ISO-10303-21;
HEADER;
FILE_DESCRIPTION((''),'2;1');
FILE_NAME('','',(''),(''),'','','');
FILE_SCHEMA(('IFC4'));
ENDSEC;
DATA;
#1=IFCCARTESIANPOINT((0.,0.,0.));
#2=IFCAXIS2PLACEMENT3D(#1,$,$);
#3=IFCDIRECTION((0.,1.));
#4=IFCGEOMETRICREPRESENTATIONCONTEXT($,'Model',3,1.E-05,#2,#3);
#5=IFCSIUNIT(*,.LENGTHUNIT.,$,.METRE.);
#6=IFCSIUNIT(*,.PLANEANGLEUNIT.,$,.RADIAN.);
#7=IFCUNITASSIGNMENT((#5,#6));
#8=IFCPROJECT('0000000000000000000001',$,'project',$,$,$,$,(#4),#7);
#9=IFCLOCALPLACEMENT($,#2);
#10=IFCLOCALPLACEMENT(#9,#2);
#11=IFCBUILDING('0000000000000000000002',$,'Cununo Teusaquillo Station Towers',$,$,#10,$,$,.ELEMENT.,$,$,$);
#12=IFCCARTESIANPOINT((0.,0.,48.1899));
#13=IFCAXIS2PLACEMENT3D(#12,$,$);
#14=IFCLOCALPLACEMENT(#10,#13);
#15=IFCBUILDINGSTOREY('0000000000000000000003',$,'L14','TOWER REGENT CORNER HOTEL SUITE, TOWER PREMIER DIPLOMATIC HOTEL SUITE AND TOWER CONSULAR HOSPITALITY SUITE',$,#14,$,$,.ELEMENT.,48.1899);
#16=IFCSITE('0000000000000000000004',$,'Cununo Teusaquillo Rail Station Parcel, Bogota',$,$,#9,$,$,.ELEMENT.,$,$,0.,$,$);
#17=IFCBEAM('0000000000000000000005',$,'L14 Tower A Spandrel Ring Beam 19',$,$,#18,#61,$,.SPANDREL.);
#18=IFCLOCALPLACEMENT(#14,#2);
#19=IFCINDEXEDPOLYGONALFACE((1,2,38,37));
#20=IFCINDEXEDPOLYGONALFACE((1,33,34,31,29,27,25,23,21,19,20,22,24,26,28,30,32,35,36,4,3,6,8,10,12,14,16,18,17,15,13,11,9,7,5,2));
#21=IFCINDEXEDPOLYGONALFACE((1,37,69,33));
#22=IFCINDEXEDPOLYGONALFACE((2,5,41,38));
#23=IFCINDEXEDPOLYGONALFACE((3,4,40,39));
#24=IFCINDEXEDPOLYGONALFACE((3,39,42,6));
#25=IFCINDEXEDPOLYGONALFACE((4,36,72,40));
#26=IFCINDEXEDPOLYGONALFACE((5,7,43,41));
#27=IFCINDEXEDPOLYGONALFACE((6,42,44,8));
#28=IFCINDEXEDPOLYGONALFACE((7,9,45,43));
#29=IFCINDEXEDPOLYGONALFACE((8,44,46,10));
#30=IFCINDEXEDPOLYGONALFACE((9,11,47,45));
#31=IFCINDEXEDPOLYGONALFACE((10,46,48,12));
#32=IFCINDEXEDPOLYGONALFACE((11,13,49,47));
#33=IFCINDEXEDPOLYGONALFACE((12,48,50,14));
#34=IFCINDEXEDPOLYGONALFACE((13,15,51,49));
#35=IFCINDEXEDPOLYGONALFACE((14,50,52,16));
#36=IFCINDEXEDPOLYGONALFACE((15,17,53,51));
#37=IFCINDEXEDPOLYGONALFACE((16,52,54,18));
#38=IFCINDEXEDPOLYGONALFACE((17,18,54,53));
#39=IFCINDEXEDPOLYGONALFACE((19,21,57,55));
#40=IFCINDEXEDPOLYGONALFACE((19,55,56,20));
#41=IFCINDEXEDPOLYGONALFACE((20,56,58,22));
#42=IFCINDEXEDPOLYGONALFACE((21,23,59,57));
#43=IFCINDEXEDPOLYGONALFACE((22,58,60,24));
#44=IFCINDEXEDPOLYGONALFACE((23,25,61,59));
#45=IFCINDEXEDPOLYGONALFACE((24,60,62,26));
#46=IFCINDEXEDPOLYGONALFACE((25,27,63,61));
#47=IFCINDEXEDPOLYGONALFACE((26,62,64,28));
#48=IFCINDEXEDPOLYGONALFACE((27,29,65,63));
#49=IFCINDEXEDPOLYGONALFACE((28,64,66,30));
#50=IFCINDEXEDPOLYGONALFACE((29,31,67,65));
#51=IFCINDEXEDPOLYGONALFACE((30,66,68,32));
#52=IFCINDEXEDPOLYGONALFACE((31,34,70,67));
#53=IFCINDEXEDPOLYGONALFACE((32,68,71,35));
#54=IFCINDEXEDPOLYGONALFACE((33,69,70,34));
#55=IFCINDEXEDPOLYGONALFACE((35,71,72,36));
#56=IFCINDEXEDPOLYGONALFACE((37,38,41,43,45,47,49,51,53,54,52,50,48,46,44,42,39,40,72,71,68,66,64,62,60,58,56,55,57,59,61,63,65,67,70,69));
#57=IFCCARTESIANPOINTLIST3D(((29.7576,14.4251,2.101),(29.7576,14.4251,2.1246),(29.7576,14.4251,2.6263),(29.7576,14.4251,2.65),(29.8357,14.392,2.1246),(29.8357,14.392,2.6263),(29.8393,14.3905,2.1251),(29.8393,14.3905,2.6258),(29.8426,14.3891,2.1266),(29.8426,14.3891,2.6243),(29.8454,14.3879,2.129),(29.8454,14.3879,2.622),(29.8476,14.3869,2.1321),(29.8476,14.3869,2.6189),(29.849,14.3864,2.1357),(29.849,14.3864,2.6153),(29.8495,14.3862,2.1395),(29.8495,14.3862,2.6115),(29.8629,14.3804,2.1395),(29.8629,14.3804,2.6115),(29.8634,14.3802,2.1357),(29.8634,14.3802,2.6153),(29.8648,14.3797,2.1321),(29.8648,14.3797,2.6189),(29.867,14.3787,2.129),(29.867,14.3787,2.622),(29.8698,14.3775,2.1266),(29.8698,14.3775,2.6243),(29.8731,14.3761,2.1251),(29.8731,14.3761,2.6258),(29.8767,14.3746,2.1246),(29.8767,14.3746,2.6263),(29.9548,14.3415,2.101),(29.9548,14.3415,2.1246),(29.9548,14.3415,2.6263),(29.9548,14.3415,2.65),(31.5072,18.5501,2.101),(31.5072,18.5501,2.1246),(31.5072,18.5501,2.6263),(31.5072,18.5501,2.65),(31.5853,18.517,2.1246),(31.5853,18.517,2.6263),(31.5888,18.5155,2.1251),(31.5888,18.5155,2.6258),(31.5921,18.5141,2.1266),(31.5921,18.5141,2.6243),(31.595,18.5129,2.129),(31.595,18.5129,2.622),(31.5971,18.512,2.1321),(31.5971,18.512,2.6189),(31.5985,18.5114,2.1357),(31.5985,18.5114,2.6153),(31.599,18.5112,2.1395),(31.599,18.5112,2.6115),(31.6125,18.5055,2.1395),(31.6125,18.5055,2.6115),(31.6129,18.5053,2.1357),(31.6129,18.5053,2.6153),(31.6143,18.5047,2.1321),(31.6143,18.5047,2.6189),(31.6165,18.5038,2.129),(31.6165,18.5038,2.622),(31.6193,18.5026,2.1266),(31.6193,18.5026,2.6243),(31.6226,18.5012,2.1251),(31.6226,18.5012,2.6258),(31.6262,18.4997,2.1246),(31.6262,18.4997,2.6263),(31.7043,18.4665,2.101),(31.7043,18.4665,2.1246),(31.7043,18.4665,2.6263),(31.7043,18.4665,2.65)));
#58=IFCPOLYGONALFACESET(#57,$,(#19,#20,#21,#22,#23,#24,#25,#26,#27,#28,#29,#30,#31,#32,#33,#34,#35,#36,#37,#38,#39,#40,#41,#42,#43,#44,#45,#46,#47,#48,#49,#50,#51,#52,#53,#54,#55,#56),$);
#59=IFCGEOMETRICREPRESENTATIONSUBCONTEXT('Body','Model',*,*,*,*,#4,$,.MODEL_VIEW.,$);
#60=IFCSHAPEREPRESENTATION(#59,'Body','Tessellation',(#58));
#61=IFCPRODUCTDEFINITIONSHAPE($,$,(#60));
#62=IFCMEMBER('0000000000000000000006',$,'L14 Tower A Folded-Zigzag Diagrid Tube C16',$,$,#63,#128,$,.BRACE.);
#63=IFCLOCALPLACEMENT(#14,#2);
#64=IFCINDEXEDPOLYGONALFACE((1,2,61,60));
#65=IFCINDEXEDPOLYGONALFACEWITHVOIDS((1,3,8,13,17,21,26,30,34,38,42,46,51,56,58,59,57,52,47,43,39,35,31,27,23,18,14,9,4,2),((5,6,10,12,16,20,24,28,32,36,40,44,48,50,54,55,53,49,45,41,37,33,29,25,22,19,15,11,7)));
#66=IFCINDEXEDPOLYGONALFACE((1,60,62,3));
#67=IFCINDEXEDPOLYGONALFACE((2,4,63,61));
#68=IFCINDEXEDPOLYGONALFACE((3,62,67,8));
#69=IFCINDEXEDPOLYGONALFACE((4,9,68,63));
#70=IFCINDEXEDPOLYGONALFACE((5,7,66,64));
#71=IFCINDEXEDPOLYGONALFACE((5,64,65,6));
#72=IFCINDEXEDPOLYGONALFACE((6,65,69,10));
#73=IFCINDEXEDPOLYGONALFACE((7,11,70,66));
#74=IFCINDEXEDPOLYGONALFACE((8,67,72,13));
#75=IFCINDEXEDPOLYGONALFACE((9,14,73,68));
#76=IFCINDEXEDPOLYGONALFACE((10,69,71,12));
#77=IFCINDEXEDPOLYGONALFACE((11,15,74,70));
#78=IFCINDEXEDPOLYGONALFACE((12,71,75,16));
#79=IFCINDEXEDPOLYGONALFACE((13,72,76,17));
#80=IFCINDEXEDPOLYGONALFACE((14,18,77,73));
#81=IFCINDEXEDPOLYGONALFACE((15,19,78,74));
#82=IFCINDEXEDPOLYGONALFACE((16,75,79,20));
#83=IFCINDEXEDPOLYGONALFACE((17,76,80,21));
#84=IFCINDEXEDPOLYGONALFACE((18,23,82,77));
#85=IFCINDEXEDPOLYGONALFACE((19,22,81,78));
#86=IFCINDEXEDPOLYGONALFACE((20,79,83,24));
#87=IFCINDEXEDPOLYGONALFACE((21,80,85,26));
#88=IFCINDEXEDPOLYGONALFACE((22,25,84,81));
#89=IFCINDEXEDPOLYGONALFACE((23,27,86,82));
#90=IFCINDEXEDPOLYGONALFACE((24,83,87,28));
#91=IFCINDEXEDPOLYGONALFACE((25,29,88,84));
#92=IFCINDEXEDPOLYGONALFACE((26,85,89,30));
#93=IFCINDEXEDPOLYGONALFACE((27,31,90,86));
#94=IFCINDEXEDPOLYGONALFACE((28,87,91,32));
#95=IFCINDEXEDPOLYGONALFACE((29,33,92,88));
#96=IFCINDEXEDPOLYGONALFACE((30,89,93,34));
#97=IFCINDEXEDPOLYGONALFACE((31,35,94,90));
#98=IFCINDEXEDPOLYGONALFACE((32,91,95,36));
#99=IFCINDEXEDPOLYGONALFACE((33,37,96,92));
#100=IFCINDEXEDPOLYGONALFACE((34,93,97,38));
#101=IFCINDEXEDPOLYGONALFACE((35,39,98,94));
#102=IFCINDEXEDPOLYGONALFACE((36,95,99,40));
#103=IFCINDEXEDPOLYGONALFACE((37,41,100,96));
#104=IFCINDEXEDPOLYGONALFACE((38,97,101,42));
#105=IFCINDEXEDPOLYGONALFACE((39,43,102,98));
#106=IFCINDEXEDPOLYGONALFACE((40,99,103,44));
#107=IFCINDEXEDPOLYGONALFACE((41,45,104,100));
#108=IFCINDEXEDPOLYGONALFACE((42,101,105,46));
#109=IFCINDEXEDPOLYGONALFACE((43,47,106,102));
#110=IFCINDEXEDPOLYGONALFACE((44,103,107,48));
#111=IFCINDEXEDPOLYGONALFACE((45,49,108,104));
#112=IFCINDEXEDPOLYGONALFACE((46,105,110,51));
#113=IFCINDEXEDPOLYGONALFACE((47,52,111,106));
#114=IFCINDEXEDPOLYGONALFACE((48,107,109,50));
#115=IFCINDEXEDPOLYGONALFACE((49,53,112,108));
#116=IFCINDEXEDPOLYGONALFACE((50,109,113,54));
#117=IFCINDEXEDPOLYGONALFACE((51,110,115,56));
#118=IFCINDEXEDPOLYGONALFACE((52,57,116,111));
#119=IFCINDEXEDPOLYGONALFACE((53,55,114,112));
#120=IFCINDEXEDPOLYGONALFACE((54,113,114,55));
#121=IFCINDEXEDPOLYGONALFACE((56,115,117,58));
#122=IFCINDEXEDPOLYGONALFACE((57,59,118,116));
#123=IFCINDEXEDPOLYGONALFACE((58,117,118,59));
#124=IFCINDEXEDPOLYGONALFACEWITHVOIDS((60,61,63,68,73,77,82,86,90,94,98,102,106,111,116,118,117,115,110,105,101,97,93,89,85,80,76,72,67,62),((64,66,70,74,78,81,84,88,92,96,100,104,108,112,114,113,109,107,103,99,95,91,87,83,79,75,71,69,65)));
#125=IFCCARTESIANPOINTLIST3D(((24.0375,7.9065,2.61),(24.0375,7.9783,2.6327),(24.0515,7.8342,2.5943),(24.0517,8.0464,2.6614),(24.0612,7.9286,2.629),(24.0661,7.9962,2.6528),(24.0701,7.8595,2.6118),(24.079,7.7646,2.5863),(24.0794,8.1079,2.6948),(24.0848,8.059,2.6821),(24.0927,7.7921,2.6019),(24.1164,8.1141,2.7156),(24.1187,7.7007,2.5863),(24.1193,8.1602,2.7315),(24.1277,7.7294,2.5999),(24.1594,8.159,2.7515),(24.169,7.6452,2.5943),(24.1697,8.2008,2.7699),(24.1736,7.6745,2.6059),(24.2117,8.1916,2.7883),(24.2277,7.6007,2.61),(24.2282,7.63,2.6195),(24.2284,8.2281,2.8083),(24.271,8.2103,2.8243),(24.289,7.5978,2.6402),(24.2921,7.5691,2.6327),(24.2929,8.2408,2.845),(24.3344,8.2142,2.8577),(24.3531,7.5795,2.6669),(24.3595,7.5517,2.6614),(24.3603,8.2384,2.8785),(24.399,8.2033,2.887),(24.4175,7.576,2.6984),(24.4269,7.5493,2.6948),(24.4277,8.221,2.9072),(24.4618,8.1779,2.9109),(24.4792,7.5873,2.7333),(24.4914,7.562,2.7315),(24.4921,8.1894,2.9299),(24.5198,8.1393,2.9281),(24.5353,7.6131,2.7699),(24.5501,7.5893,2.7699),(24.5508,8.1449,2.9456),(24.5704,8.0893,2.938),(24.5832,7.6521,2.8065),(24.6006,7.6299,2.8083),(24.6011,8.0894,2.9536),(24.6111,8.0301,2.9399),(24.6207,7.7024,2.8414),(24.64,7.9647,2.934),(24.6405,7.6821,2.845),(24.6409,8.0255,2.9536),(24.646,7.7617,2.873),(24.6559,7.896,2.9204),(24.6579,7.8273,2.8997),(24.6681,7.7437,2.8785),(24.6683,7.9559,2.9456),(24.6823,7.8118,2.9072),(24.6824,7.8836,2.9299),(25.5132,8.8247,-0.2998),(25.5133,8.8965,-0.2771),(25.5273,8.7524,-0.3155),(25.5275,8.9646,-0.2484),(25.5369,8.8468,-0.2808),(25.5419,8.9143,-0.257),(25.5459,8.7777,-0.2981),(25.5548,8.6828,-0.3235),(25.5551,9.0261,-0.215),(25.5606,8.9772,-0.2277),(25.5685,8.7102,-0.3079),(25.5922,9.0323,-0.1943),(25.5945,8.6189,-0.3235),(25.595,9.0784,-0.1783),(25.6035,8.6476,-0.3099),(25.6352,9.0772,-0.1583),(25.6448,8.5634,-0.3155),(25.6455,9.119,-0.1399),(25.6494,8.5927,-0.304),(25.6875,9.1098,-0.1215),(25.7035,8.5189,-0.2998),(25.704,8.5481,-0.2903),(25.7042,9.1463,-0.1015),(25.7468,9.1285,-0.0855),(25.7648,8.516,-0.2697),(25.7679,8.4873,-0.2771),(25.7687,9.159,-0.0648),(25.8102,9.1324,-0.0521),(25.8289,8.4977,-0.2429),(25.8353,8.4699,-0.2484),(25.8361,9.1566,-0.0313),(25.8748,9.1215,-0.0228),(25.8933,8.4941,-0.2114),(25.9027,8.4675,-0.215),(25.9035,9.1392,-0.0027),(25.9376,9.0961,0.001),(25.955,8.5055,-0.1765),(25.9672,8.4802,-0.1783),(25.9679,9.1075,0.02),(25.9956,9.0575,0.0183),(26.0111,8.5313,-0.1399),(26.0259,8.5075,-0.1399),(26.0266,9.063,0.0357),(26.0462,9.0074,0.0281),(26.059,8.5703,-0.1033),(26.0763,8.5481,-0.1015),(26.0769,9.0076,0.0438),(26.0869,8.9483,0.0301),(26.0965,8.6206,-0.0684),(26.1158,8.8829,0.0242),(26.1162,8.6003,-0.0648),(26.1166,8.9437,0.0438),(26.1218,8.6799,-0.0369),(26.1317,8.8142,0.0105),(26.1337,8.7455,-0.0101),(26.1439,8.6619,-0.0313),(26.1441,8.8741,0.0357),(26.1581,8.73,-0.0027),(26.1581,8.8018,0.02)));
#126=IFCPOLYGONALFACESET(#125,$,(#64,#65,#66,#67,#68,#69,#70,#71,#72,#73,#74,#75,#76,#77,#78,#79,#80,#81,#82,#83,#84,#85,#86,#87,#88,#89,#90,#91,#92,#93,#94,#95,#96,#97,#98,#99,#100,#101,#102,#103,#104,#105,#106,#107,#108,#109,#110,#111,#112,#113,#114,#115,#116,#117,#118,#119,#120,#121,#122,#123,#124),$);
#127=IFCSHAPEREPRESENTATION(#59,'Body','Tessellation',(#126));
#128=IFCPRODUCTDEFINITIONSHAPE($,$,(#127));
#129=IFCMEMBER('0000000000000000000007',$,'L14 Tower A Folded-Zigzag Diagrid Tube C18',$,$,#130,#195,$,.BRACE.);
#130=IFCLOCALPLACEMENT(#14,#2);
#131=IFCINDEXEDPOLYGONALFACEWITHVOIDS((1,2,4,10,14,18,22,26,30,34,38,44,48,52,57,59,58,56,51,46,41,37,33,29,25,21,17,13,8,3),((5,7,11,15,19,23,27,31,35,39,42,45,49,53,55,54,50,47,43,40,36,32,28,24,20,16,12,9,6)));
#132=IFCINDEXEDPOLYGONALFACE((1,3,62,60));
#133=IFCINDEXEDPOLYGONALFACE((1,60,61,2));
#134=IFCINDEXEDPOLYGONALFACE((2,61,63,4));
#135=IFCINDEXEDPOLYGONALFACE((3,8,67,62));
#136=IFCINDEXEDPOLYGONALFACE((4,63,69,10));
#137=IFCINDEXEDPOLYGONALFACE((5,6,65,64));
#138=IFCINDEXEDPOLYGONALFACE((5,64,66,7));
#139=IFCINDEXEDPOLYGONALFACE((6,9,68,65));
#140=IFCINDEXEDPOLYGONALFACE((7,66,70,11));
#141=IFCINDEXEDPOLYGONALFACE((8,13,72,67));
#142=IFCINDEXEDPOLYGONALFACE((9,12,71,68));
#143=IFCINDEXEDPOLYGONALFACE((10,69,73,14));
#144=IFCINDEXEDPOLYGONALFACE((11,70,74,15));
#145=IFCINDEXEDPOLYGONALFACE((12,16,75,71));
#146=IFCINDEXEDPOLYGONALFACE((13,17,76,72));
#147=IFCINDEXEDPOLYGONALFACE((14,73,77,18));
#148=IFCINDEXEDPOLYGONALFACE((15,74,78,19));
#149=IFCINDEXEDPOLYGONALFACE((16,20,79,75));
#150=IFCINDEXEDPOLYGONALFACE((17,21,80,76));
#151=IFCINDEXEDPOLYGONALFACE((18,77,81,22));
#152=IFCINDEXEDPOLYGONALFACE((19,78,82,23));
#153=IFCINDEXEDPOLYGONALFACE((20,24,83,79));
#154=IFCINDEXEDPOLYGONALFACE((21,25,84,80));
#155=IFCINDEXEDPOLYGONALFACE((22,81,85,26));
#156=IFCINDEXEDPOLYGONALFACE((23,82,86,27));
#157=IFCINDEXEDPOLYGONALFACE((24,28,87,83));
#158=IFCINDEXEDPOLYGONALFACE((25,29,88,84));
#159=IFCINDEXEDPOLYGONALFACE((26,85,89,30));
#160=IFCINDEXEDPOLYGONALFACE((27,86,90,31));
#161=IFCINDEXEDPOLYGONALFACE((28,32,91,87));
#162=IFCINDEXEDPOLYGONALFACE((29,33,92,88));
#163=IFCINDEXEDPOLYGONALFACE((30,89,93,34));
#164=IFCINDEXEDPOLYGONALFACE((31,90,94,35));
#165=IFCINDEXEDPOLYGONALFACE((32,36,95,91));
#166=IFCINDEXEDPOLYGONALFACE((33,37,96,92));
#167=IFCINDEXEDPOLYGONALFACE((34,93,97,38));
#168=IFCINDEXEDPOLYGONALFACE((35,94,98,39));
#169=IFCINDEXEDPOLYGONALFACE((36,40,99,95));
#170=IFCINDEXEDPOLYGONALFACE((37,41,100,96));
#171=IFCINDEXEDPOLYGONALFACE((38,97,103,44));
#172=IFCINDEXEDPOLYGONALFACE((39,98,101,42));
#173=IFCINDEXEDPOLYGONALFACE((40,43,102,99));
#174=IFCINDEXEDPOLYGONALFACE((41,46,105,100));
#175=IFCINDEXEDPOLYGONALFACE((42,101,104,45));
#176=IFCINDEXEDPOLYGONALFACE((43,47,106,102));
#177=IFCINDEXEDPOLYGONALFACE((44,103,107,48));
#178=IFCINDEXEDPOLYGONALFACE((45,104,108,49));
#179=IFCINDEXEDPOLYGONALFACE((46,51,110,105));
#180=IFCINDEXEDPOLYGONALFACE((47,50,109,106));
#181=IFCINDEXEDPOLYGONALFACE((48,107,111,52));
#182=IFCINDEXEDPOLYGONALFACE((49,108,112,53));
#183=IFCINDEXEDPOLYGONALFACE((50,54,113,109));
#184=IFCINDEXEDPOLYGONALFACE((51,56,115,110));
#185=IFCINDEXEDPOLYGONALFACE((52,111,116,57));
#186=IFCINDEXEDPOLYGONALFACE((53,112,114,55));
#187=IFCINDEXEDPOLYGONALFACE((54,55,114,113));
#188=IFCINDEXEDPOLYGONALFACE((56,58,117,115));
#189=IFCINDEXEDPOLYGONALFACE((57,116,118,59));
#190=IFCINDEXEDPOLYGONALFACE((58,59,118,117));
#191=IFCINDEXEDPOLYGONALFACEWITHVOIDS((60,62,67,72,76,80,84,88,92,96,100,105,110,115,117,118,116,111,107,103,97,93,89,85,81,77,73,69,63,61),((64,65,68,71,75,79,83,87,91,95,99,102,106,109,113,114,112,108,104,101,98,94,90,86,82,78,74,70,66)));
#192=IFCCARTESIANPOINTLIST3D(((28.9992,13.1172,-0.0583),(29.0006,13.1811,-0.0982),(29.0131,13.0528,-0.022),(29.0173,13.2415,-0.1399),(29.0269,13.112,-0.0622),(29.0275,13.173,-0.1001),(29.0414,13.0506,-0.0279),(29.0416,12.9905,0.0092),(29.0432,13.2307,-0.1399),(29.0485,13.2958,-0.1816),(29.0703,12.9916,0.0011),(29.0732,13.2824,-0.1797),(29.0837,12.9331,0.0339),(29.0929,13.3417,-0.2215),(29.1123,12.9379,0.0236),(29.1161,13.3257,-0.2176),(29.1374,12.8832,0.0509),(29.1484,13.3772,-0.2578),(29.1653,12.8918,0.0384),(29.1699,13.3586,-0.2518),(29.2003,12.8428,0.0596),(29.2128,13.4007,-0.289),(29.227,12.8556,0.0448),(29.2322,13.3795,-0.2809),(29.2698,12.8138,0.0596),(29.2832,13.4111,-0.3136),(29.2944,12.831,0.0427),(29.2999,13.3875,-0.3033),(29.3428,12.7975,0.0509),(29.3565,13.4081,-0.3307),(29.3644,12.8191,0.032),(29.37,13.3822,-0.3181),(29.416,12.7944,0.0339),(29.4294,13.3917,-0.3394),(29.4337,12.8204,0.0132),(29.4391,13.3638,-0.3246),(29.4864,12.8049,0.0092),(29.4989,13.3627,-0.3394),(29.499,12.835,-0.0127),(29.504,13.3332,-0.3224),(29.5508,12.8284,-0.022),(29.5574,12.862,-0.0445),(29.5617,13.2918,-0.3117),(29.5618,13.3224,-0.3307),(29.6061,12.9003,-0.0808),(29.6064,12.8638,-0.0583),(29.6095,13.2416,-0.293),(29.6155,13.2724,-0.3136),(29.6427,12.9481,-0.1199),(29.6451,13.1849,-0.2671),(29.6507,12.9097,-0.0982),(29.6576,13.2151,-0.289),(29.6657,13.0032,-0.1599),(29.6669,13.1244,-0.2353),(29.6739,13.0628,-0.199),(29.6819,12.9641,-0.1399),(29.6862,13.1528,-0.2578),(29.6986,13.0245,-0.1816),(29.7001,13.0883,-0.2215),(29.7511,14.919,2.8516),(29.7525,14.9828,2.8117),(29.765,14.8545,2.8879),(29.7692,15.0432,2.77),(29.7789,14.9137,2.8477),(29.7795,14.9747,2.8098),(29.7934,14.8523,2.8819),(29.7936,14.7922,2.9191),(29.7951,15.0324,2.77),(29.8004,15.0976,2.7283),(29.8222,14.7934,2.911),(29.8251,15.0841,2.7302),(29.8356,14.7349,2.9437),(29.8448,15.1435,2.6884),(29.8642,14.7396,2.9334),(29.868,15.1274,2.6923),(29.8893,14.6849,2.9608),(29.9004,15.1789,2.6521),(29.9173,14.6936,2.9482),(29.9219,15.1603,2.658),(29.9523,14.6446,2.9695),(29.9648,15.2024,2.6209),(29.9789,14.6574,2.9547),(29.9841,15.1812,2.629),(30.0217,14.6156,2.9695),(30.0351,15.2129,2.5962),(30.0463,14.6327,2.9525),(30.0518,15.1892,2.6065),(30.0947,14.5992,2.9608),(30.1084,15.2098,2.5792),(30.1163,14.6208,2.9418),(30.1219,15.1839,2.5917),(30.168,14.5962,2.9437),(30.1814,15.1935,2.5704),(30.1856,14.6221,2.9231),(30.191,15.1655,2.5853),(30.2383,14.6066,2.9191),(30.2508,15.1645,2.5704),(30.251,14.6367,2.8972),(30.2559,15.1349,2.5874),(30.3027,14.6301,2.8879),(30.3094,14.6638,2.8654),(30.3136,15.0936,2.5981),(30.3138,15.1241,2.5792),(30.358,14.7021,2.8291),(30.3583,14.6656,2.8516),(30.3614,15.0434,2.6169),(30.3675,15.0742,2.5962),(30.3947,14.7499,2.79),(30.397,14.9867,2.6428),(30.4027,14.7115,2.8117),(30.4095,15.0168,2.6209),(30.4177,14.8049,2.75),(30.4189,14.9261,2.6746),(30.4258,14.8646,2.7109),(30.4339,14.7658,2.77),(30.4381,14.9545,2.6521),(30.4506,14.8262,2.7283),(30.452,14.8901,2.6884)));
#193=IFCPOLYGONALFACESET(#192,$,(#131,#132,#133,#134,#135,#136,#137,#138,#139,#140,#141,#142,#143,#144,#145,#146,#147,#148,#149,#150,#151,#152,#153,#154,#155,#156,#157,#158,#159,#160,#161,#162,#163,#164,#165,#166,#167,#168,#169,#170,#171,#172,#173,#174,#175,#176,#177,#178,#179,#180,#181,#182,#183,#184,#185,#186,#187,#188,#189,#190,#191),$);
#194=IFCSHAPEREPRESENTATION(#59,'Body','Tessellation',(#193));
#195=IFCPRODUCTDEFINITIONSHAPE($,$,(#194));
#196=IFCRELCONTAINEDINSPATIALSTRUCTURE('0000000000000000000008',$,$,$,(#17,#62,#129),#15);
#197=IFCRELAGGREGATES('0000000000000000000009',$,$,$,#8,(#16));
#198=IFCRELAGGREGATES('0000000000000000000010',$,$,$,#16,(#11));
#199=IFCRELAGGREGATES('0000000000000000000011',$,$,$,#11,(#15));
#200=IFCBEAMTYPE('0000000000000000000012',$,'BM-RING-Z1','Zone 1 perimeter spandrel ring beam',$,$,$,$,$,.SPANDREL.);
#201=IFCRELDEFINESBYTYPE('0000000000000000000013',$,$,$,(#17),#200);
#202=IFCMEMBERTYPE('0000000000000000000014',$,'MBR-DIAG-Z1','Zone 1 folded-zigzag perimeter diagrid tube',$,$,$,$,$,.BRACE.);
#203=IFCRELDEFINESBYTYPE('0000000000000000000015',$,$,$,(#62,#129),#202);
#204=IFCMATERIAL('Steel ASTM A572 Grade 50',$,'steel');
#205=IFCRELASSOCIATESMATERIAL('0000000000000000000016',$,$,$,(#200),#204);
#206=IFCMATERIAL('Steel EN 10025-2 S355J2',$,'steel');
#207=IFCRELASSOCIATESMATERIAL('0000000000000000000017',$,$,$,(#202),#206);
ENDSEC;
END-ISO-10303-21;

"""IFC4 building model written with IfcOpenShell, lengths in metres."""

from ifc_helpers import new_model, si_unit, direction, frame, origin, origin_2d, place, context, subcontext, project, spatial, hollow_circle, i_section, extrude, material, material_profile, profile_set, type_object, element, save


model = new_model("IFC4")

# Units and contexts
model_context = context("Model", 3, precision=1e-05, world=origin(), true_north=direction((0.0, 1.0)))
body_context = subcontext(model_context, "Body", "Model", "MODEL_VIEW")
ifc_project = project(units=[si_unit("LENGTHUNIT", "METRE"), si_unit("PLANEANGLEUNIT", "RADIAN")], contexts=[model_context])

# Site, building, storey
site_placement = place(None, origin())
site = spatial("IfcSite", under=ifc_project, at=site_placement, Name="Cununo Teusaquillo Rail Station Parcel, Bogota", CompositionType="ELEMENT", RefElevation=0.0)
building_placement = place(site_placement, origin())
building = spatial("IfcBuilding", under=site, at=building_placement, Name="Cununo Teusaquillo Station Towers", CompositionType="ELEMENT")
storey_placement = place(building_placement, frame((0.0, 0.0, 48.1899)))
storey = spatial("IfcBuildingStorey", under=building, at=storey_placement, Name="L14", Description="TOWER REGENT CORNER HOTEL SUITE, TOWER PREMIER DIPLOMATIC HOTEL SUITE AND TOWER CONSULAR HOSPITALITY SUITE", CompositionType="ELEMENT", Elevation=48.1899)

# Beam
ifc_material_1 = material(Name="Steel ASTM A572 Grade 50", Category="steel")
ifc_material_profile_1 = material_profile(ifc_material_1, i_section(OverallWidth=0.2141, OverallDepth=0.5491, WebThickness=0.0146, FlangeThickness=0.0237, FilletRadius=0.0149, at=origin_2d()), Name="W21X93")
ifc_profile_set_1 = profile_set([ifc_material_profile_1], Name="Steel ASTM A572 Grade 50")
beam_type = type_object("IfcBeamType", Name="BM-RING-Z1", Description="Zone 1 perimeter spandrel ring beam", PredefinedType="SPANDREL", material=ifc_profile_set_1)
beam_1_placement = place(storey_placement, frame((29.8562, 14.3833, 2.3755), z_axis=(0.390457, 0.920621, 0.0), x_axis=(-0.920621, 0.390457, 0.0)))
element("IfcBeam", 1, at=beam_1_placement, inside=storey, type_object=beam_type, Name="L14 Tower A Spandrel Ring Beam 19", PredefinedType="SPANDREL", context=body_context, shape_type="SweptSolid", body=[
    extrude(i_section(OverallWidth=0.2141, OverallDepth=0.5491, WebThickness=0.0146, FlangeThickness=0.0237, FilletRadius=0.0149, at=origin_2d()), origin(), (0.0, 0.0, 1.0), 4.4807),
])

# Members
ifc_material_2 = material(Name="Steel EN 10025-2 S355J2", Category="steel")
ifc_material_profile_2 = material_profile(ifc_material_2, hollow_circle(Radius=0.3601, WallThickness=0.0281, at=origin_2d()), Name="CHS 720x28")
ifc_profile_set_2 = profile_set([ifc_material_profile_2], Name="Steel EN 10025-2 S355J2")
member_type = type_object("IfcMemberType", Name="MBR-DIAG-Z1", Description="Zone 1 folded-zigzag perimeter diagrid tube", PredefinedType="BRACE", material=ifc_profile_set_2)
member_1_placement = place(storey_placement, frame((25.8357, 8.8132, -0.1399), z_axis=(-0.435411, -0.270898, 0.858505), x_axis=(0.528268, -0.849078, 0.0)))
element("IfcMember", 2, at=member_1_placement, inside=storey, type_object=member_type, Name="L14 Tower A Folded-Zigzag Diagrid Tube C16", PredefinedType="BRACE", context=body_context, shape_type="SweptSolid", body=[
    extrude(hollow_circle(Radius=0.3601, WallThickness=0.0281, at=origin_2d()), origin(), (0.0, 0.0, 1.0), 3.3894),
])
member_2_placement = place(storey_placement, frame((29.3496, 13.1028, -0.1399), z_axis=(0.214587, 0.514172, 0.830409), x_axis=(-0.922855, 0.385148, 0.0)))
element("IfcMember", 3, at=member_2_placement, inside=storey, type_object=member_type, Name="L14 Tower A Folded-Zigzag Diagrid Tube C18", PredefinedType="BRACE", context=body_context, shape_type="SweptSolid", body=[
    extrude(hollow_circle(Radius=0.3601, WallThickness=0.0281, at=origin_2d()), origin(), (0.0, 0.0, 1.0), 3.5042),
])

save(model, "model.ifc")
